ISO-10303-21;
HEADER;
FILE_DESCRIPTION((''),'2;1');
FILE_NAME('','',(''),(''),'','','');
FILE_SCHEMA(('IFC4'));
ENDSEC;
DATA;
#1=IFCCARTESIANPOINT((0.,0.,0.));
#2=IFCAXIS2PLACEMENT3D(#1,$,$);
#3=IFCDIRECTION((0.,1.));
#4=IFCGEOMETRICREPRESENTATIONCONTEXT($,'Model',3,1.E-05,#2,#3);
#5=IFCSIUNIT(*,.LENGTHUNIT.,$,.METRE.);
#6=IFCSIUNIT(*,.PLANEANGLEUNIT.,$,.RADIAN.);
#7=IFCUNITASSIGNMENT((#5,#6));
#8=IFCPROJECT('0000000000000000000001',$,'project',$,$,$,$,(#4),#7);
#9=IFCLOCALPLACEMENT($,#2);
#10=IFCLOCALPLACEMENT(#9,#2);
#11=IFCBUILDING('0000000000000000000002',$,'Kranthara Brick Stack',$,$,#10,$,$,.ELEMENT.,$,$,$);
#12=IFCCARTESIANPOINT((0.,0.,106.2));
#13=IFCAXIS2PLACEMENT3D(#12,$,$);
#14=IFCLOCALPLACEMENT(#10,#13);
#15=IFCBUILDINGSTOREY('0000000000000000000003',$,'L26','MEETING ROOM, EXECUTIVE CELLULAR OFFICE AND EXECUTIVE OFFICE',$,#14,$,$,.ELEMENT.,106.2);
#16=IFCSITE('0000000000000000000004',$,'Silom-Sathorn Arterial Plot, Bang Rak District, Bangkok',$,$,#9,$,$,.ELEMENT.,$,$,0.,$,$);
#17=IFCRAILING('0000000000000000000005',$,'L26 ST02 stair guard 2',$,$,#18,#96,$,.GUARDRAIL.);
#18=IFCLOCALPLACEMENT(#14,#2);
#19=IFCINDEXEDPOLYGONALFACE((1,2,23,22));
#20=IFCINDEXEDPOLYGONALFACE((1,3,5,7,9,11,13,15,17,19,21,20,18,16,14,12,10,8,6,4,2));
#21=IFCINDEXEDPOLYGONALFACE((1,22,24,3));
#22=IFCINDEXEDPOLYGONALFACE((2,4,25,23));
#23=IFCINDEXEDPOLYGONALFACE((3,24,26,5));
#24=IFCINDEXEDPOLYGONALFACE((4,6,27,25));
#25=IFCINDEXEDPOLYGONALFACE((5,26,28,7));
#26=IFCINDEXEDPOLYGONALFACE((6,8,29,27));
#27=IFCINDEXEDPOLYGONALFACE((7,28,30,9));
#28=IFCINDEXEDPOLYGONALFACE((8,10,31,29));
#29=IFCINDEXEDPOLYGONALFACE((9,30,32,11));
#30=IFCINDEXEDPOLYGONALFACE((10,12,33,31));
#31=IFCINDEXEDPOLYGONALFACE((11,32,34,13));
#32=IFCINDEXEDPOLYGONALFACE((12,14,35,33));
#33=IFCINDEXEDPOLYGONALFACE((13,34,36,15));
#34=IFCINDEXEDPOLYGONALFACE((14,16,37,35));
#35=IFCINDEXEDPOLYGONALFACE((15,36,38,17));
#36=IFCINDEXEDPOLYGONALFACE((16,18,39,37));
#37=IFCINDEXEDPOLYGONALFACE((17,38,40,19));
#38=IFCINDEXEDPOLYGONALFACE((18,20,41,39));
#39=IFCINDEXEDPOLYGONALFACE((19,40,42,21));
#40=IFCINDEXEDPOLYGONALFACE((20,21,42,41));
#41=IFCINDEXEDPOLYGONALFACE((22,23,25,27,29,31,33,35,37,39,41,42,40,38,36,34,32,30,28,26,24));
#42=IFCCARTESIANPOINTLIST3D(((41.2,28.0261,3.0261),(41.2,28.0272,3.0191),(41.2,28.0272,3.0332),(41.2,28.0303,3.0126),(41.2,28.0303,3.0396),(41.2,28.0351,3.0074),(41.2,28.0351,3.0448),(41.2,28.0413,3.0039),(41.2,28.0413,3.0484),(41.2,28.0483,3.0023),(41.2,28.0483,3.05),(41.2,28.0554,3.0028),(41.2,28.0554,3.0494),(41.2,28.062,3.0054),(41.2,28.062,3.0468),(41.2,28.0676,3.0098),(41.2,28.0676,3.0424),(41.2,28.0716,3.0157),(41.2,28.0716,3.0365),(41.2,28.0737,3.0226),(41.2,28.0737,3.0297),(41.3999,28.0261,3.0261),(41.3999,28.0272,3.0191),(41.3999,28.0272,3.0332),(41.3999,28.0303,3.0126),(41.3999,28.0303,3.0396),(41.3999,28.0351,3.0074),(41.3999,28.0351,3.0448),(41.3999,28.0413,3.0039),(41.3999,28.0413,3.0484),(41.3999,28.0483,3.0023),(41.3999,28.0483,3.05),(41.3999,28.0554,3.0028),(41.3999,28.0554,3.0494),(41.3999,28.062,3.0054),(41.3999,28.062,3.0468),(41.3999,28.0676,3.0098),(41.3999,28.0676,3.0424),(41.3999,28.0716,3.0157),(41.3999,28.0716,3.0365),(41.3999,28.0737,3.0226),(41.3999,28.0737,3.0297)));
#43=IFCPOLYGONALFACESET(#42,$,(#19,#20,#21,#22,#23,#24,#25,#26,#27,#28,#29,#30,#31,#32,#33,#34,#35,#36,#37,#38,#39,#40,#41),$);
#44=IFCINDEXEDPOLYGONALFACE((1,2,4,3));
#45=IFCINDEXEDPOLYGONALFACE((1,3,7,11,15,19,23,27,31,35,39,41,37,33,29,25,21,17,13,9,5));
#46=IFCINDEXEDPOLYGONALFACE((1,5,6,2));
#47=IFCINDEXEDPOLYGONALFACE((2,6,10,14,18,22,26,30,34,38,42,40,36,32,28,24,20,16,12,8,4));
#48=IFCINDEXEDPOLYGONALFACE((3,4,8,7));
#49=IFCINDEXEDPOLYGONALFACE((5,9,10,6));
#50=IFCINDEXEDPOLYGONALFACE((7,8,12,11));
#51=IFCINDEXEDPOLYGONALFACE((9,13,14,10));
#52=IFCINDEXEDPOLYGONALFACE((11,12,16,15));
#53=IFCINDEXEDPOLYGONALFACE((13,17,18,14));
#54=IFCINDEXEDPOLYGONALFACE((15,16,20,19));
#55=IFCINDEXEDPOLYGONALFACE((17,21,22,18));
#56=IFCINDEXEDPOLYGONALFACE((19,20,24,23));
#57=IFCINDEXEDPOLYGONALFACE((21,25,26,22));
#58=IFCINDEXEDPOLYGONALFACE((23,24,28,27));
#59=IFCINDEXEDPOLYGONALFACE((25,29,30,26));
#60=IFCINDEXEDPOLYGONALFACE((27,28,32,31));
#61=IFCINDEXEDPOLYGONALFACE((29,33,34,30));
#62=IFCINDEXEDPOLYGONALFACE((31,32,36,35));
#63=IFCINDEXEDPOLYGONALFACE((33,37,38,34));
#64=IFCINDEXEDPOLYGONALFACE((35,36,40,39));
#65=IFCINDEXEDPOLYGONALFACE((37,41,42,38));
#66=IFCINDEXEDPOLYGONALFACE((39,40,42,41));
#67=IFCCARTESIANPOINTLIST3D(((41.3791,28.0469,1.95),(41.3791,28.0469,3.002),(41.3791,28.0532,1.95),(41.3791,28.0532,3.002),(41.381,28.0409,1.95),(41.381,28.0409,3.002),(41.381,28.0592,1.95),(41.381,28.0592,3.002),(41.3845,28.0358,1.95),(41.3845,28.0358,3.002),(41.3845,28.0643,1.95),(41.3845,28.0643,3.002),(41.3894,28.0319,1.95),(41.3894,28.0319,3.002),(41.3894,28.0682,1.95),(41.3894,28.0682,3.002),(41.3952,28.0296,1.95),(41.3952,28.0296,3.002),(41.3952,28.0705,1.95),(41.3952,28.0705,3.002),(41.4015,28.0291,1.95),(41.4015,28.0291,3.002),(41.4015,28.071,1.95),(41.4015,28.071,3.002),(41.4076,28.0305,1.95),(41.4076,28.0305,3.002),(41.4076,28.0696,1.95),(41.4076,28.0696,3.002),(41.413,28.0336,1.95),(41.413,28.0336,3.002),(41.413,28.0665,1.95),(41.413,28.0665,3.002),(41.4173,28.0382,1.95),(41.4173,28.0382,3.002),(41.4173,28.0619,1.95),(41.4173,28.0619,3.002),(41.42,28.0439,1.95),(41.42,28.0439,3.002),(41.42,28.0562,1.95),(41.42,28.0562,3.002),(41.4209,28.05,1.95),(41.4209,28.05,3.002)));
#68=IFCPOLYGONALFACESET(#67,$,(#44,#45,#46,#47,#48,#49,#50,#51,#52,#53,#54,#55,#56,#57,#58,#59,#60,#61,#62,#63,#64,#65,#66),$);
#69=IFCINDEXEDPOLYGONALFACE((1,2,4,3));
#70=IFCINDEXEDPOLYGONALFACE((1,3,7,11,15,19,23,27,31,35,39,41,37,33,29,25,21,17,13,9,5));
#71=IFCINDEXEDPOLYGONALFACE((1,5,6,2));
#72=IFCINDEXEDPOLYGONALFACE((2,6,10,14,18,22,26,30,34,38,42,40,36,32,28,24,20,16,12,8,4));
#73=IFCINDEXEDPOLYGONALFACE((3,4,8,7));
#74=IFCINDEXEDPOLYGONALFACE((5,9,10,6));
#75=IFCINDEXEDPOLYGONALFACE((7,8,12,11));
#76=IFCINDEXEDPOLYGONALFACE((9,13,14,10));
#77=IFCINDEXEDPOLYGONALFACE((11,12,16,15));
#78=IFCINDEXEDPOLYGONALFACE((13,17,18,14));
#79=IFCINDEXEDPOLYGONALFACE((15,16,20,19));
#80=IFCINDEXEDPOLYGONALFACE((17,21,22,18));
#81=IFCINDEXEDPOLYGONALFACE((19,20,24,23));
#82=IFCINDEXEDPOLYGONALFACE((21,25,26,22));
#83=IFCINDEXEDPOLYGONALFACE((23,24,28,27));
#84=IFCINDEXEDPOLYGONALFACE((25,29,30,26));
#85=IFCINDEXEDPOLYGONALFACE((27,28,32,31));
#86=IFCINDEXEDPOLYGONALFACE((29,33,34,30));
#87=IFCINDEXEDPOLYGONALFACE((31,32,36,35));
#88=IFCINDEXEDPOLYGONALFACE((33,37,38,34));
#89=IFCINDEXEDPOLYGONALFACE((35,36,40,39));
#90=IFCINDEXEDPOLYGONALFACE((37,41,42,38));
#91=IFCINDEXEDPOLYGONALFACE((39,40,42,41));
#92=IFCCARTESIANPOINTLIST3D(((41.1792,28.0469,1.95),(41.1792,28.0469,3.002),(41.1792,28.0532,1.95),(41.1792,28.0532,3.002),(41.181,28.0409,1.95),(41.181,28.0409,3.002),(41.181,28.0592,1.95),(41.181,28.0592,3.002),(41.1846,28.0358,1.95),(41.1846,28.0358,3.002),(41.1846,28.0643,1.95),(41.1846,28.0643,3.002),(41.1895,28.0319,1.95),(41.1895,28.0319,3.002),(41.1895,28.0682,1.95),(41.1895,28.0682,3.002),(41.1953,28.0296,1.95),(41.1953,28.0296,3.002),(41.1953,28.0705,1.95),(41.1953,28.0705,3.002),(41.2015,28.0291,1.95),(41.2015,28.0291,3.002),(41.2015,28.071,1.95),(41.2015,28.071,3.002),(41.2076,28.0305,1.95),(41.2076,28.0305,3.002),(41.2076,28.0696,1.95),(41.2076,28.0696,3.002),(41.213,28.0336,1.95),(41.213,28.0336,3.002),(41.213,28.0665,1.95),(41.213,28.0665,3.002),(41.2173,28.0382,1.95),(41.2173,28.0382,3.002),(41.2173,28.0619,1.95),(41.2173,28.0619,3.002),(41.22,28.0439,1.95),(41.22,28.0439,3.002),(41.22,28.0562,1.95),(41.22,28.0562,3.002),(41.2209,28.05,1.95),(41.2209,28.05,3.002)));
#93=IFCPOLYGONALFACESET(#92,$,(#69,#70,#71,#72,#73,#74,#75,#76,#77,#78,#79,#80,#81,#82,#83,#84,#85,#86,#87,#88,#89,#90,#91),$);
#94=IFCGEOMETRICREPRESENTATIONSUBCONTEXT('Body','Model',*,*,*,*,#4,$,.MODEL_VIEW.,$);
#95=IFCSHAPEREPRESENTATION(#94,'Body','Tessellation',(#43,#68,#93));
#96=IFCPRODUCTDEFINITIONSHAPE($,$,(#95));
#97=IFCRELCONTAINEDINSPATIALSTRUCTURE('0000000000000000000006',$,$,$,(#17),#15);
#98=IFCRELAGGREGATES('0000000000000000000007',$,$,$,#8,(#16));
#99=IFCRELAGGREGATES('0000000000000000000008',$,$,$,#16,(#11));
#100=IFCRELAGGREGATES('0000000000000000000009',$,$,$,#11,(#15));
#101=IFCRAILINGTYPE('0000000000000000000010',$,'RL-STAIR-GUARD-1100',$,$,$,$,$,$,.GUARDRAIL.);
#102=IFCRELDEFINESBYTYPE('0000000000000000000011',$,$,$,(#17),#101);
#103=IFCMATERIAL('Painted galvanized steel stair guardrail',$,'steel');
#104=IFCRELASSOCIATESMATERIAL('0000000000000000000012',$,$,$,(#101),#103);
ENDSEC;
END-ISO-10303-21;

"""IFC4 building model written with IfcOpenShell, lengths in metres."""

from ifc_helpers import new_model, si_unit, direction, frame, origin, origin_2d, place, context, subcontext, project, spatial, circle, extrude, material, type_object, element, save


model = new_model("IFC4")

# Units and contexts
model_context = context("Model", 3, precision=1e-05, world=origin(), true_north=direction((0.0, 1.0)))
body_context = subcontext(model_context, "Body", "Model", "MODEL_VIEW")
ifc_project = project(units=[si_unit("LENGTHUNIT", "METRE"), si_unit("PLANEANGLEUNIT", "RADIAN")], contexts=[model_context])

# Site, building, storey
site_placement = place(None, origin())
site = spatial("IfcSite", under=ifc_project, at=site_placement, Name="Silom-Sathorn Arterial Plot, Bang Rak District, Bangkok", CompositionType="ELEMENT", RefElevation=0.0)
building_placement = place(site_placement, origin())
building = spatial("IfcBuilding", under=site, at=building_placement, Name="Kranthara Brick Stack", CompositionType="ELEMENT")
storey_placement = place(building_placement, frame((0.0, 0.0, 106.2)))
storey = spatial("IfcBuildingStorey", under=building, at=storey_placement, Name="L26", Description="MEETING ROOM, EXECUTIVE CELLULAR OFFICE AND EXECUTIVE OFFICE", CompositionType="ELEMENT", Elevation=106.2)

# Railing
ifc_material_1 = material(Name="Painted galvanized steel stair guardrail", Category="steel")
railing_type_1 = type_object("IfcRailingType", Name="RL-STAIR-GUARD-1100", PredefinedType="GUARDRAIL", material=ifc_material_1)
railing_1_placement = place(storey_placement, frame((41.3999, 28.05, 1.95)))
element("IfcRailing", 1, at=railing_1_placement, inside=storey, type_object=railing_type_1, Name="L26 ST02 stair guard 2", PredefinedType="GUARDRAIL", context=body_context, shape_type="SweptSolid", body=[
    extrude(circle(Radius=0.0239, at=origin_2d()), frame((0.0, 0.0, 1.0762), z_axis=(-1.0, 0.0, 0.0), x_axis=(0.0, -1.0, 0.0)), (0.0, 0.0, 1.0), 0.2),
    extrude(circle(Radius=0.021, at=origin_2d()), origin(), (0.0, 0.0, 1.0), 1.052),
    extrude(circle(Radius=0.021, at=origin_2d()), frame((-0.2, 0.0, 0.0)), (0.0, 0.0, 1.0), 1.052),
])

save(model, "model.ifc")
